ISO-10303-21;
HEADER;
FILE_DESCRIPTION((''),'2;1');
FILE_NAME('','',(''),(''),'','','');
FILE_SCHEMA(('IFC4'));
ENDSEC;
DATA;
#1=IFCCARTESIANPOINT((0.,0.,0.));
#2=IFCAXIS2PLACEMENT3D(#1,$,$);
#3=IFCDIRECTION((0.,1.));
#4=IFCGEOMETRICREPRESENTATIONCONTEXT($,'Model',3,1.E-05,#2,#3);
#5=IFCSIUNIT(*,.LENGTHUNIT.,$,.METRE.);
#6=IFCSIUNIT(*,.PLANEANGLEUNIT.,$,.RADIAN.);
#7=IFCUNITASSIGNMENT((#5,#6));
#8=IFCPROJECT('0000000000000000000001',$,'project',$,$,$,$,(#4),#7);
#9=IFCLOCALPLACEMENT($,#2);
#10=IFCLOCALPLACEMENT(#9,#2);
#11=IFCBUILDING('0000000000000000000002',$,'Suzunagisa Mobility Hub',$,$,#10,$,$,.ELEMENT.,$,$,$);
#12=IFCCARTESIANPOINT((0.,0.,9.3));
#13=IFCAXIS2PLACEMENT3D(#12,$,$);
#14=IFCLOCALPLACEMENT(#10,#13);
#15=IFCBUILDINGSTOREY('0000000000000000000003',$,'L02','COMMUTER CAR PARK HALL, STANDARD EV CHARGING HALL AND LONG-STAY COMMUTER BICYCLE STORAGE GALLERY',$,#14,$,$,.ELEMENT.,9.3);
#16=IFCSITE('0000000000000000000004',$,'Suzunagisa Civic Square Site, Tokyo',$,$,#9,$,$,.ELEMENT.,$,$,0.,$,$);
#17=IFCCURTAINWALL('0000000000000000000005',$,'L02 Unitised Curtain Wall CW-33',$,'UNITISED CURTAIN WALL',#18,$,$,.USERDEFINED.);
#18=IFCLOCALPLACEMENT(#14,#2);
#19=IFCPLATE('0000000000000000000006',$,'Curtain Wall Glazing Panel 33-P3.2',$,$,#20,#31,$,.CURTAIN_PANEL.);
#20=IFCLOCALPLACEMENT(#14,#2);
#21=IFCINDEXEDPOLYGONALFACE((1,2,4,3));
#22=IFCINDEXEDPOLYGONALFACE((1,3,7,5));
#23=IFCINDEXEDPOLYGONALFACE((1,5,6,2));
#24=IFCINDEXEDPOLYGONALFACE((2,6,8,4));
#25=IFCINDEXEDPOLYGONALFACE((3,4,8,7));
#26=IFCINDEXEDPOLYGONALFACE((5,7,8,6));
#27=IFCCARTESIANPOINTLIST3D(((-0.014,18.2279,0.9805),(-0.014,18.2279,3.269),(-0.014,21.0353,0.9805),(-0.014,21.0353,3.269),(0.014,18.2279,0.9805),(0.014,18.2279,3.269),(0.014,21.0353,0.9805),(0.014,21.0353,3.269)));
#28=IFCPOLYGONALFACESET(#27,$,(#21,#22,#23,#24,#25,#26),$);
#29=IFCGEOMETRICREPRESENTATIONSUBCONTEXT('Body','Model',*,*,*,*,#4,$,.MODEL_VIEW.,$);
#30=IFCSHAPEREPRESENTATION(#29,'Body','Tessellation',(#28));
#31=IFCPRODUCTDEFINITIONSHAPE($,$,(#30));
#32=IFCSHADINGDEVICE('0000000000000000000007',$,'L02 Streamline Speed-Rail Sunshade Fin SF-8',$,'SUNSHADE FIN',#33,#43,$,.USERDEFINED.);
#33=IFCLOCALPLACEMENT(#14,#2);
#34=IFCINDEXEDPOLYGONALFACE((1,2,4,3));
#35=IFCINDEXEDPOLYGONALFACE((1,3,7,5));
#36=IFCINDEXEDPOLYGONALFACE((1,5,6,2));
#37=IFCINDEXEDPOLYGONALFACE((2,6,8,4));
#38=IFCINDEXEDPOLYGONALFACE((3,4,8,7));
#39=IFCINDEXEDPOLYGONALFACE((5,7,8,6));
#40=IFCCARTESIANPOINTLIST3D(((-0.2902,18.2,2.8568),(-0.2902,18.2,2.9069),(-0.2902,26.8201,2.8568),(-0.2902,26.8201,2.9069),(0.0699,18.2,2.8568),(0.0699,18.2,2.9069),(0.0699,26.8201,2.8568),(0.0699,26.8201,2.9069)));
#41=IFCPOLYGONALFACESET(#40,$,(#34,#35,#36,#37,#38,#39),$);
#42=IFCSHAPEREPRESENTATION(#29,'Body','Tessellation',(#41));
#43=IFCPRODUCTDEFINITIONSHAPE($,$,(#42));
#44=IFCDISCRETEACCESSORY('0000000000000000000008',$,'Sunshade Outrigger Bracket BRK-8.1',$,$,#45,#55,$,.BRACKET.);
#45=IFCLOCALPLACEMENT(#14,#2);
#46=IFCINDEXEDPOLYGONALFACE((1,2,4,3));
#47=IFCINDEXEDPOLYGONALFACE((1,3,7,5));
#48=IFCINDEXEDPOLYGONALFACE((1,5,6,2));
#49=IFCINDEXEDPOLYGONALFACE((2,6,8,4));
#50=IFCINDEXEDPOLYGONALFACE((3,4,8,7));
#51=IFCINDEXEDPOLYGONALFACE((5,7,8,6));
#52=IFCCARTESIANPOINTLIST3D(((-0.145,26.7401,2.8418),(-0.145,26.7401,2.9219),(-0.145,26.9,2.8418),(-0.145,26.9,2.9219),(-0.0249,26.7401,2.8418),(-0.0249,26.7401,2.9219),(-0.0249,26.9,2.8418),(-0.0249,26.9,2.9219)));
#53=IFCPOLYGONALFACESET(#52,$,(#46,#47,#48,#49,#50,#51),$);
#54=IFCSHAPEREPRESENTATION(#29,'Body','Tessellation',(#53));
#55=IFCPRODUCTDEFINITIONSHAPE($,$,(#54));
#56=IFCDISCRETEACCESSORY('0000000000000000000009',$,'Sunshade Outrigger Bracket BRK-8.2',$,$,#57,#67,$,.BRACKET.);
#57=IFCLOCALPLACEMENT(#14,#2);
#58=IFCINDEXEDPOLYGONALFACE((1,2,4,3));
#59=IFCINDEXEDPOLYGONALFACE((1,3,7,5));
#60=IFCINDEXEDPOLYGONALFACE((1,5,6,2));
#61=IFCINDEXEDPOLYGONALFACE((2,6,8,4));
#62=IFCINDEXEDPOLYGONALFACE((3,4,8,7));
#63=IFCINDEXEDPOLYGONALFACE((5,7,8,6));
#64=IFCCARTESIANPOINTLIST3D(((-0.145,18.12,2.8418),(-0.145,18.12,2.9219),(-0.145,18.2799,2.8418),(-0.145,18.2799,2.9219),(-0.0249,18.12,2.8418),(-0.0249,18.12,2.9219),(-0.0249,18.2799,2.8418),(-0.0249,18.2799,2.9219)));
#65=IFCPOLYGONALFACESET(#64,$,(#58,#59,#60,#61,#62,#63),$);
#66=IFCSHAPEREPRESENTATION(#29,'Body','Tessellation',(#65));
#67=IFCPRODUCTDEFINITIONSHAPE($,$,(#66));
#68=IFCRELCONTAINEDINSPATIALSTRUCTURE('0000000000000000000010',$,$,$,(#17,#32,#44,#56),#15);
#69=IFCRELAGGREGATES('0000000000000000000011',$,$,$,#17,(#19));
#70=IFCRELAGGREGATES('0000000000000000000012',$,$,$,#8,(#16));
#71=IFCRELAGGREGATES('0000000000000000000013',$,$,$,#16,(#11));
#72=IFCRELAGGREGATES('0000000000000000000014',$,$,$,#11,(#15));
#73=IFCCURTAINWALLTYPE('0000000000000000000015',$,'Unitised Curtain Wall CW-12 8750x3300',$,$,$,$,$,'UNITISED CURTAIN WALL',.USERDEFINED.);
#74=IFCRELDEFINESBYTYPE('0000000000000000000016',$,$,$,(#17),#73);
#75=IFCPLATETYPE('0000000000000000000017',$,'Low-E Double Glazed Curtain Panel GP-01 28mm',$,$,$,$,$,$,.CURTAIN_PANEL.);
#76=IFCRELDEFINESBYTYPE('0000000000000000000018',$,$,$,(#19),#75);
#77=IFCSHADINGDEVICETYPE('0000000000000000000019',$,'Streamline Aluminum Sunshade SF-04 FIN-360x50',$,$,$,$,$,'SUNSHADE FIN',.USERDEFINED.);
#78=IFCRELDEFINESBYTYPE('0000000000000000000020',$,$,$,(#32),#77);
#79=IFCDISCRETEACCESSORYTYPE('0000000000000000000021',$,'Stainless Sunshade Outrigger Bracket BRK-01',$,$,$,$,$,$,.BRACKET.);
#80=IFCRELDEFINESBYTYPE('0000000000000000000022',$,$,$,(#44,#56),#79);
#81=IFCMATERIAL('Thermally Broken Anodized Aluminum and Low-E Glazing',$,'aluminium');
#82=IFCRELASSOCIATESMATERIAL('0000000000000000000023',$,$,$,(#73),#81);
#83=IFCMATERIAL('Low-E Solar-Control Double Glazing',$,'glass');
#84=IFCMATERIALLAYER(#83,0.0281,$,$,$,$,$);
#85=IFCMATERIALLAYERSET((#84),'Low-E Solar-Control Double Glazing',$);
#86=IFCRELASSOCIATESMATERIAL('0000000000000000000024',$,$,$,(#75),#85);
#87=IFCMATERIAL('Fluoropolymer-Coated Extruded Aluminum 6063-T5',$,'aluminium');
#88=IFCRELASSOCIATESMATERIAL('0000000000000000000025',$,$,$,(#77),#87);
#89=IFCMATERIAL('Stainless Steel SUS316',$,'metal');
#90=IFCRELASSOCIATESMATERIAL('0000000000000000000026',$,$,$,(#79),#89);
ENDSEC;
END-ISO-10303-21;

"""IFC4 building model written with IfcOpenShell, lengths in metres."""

from ifc_helpers import new_model, si_unit, direction, frame, origin, origin_2d, place, context, subcontext, project, spatial, rectangle, extrude, material, layer, layer_set, material_profile, profile_set, type_object, element, aggregate, save


model = new_model("IFC4")

# Units and contexts
model_context = context("Model", 3, precision=1e-05, world=origin(), true_north=direction((0.0, 1.0)))
body_context = subcontext(model_context, "Body", "Model", "MODEL_VIEW")
ifc_project = project(units=[si_unit("LENGTHUNIT", "METRE"), si_unit("PLANEANGLEUNIT", "RADIAN")], contexts=[model_context])

# Site, building, storey
site_placement = place(None, origin())
site = spatial("IfcSite", under=ifc_project, at=site_placement, Name="Suzunagisa Civic Square Site, Tokyo", CompositionType="ELEMENT", RefElevation=0.0)
building_placement = place(site_placement, origin())
building = spatial("IfcBuilding", under=site, at=building_placement, Name="Suzunagisa Mobility Hub", CompositionType="ELEMENT")
storey_placement = place(building_placement, frame((0.0, 0.0, 9.3)))
storey = spatial("IfcBuildingStorey", under=building, at=storey_placement, Name="L02", Description="COMMUTER CAR PARK HALL, STANDARD EV CHARGING HALL AND LONG-STAY COMMUTER BICYCLE STORAGE GALLERY", CompositionType="ELEMENT", Elevation=9.3)

# Curtain wall
ifc_material_1 = material(Name="Thermally Broken Anodized Aluminum and Low-E Glazing", Category="aluminium")
curtain_wall_type_1 = type_object("IfcCurtainWallType", Name="Unitised Curtain Wall CW-12 8750x3300", ElementType="UNITISED CURTAIN WALL", PredefinedType="USERDEFINED", material=ifc_material_1)
curtain_wall_1_placement = place(storey_placement, origin())
curtain_wall_1 = element("IfcCurtainWall", 1, at=curtain_wall_1_placement, inside=storey, type_object=curtain_wall_type_1, Name="L02 Unitised Curtain Wall CW-33", ObjectType="UNITISED CURTAIN WALL", PredefinedType="USERDEFINED")

# Plate
ifc_material_2 = material(Name="Low-E Solar-Control Double Glazing", Category="glass")
ifc_layer = layer(ifc_material_2, 0.0281)
ifc_layer_set = layer_set([ifc_layer], Name="Low-E Solar-Control Double Glazing")
plate_type = type_object("IfcPlateType", Name="Low-E Double Glazed Curtain Panel GP-01 28mm", PredefinedType="CURTAIN_PANEL", material=ifc_layer_set)
plate_1_placement = place(storey_placement, frame((0.0, 19.6316, 0.9805), z_axis=(0.0, 0.0, 1.0), x_axis=(0.0, -1.0, 0.0)))
plate_1 = element("IfcPlate", 2, at=plate_1_placement, type_object=plate_type, Name="Curtain Wall Glazing Panel 33-P3.2", PredefinedType="CURTAIN_PANEL", context=body_context, shape_type="SweptSolid", body=[
    extrude(rectangle(XDim=2.8074, YDim=0.0281, at=origin_2d()), origin(), (0.0, 0.0, 1.0), 2.2886),
])
aggregate(curtain_wall_1, [plate_1])

# Shading device
ifc_material_3 = material(Name="Fluoropolymer-Coated Extruded Aluminum 6063-T5", Category="aluminium")
ifc_material_profile_1 = material_profile(ifc_material_3, rectangle(XDim=0.3601, YDim=0.05, at=origin_2d()), Name="FIN-360x50")
ifc_profile_set_1 = profile_set([ifc_material_profile_1], Name="Fluoropolymer-Coated Extruded Aluminum 6063-T5")
shading_device_type = type_object("IfcShadingDeviceType", Name="Streamline Aluminum Sunshade SF-04 FIN-360x50", ElementType="SUNSHADE FIN", PredefinedType="USERDEFINED", material=ifc_profile_set_1)
shading_device_placement = place(storey_placement, frame((-0.1101, 26.8201, 2.8818), z_axis=(0.0, -1.0, 0.0), x_axis=(1.0, 0.0, 0.0)))
element("IfcShadingDevice", 3, at=shading_device_placement, inside=storey, type_object=shading_device_type, Name="L02 Streamline Speed-Rail Sunshade Fin SF-8", ObjectType="SUNSHADE FIN", PredefinedType="USERDEFINED", context=body_context, shape_type="SweptSolid", body=[
    extrude(rectangle(XDim=0.3601, YDim=0.05, at=origin_2d()), origin(), (0.0, 0.0, 1.0), 8.6201),
])

# Discrete accessories
ifc_material_4 = material(Name="Stainless Steel SUS316", Category="metal")
discrete_accessory_type = type_object("IfcDiscreteAccessoryType", Name="Stainless Sunshade Outrigger Bracket BRK-01", PredefinedType="BRACKET", material=ifc_material_4)
for number, where, z_axis, x_axis, name in (
    (4, (-0.085, 26.8201, 2.8418), (0.0, 0.0, 1.0), (0.0, -1.0, 0.0), "Sunshade Outrigger Bracket BRK-8.1"),
    (5, (-0.085, 18.2, 2.8418), (0.0, 0.0, 1.0), (0.0, -1.0, 0.0), "Sunshade Outrigger Bracket BRK-8.2"),
):
    element("IfcDiscreteAccessory", number, at=place(storey_placement, frame(where, z_axis=z_axis, x_axis=x_axis)), inside=storey, type_object=discrete_accessory_type, Name=name, PredefinedType="BRACKET", context=body_context, shape_type="SweptSolid", body=[
        extrude(rectangle(XDim=0.1599, YDim=0.1201, at=origin_2d()), origin(), (0.0, 0.0, 1.0), 0.0801),
    ])

save(model, "model.ifc")
